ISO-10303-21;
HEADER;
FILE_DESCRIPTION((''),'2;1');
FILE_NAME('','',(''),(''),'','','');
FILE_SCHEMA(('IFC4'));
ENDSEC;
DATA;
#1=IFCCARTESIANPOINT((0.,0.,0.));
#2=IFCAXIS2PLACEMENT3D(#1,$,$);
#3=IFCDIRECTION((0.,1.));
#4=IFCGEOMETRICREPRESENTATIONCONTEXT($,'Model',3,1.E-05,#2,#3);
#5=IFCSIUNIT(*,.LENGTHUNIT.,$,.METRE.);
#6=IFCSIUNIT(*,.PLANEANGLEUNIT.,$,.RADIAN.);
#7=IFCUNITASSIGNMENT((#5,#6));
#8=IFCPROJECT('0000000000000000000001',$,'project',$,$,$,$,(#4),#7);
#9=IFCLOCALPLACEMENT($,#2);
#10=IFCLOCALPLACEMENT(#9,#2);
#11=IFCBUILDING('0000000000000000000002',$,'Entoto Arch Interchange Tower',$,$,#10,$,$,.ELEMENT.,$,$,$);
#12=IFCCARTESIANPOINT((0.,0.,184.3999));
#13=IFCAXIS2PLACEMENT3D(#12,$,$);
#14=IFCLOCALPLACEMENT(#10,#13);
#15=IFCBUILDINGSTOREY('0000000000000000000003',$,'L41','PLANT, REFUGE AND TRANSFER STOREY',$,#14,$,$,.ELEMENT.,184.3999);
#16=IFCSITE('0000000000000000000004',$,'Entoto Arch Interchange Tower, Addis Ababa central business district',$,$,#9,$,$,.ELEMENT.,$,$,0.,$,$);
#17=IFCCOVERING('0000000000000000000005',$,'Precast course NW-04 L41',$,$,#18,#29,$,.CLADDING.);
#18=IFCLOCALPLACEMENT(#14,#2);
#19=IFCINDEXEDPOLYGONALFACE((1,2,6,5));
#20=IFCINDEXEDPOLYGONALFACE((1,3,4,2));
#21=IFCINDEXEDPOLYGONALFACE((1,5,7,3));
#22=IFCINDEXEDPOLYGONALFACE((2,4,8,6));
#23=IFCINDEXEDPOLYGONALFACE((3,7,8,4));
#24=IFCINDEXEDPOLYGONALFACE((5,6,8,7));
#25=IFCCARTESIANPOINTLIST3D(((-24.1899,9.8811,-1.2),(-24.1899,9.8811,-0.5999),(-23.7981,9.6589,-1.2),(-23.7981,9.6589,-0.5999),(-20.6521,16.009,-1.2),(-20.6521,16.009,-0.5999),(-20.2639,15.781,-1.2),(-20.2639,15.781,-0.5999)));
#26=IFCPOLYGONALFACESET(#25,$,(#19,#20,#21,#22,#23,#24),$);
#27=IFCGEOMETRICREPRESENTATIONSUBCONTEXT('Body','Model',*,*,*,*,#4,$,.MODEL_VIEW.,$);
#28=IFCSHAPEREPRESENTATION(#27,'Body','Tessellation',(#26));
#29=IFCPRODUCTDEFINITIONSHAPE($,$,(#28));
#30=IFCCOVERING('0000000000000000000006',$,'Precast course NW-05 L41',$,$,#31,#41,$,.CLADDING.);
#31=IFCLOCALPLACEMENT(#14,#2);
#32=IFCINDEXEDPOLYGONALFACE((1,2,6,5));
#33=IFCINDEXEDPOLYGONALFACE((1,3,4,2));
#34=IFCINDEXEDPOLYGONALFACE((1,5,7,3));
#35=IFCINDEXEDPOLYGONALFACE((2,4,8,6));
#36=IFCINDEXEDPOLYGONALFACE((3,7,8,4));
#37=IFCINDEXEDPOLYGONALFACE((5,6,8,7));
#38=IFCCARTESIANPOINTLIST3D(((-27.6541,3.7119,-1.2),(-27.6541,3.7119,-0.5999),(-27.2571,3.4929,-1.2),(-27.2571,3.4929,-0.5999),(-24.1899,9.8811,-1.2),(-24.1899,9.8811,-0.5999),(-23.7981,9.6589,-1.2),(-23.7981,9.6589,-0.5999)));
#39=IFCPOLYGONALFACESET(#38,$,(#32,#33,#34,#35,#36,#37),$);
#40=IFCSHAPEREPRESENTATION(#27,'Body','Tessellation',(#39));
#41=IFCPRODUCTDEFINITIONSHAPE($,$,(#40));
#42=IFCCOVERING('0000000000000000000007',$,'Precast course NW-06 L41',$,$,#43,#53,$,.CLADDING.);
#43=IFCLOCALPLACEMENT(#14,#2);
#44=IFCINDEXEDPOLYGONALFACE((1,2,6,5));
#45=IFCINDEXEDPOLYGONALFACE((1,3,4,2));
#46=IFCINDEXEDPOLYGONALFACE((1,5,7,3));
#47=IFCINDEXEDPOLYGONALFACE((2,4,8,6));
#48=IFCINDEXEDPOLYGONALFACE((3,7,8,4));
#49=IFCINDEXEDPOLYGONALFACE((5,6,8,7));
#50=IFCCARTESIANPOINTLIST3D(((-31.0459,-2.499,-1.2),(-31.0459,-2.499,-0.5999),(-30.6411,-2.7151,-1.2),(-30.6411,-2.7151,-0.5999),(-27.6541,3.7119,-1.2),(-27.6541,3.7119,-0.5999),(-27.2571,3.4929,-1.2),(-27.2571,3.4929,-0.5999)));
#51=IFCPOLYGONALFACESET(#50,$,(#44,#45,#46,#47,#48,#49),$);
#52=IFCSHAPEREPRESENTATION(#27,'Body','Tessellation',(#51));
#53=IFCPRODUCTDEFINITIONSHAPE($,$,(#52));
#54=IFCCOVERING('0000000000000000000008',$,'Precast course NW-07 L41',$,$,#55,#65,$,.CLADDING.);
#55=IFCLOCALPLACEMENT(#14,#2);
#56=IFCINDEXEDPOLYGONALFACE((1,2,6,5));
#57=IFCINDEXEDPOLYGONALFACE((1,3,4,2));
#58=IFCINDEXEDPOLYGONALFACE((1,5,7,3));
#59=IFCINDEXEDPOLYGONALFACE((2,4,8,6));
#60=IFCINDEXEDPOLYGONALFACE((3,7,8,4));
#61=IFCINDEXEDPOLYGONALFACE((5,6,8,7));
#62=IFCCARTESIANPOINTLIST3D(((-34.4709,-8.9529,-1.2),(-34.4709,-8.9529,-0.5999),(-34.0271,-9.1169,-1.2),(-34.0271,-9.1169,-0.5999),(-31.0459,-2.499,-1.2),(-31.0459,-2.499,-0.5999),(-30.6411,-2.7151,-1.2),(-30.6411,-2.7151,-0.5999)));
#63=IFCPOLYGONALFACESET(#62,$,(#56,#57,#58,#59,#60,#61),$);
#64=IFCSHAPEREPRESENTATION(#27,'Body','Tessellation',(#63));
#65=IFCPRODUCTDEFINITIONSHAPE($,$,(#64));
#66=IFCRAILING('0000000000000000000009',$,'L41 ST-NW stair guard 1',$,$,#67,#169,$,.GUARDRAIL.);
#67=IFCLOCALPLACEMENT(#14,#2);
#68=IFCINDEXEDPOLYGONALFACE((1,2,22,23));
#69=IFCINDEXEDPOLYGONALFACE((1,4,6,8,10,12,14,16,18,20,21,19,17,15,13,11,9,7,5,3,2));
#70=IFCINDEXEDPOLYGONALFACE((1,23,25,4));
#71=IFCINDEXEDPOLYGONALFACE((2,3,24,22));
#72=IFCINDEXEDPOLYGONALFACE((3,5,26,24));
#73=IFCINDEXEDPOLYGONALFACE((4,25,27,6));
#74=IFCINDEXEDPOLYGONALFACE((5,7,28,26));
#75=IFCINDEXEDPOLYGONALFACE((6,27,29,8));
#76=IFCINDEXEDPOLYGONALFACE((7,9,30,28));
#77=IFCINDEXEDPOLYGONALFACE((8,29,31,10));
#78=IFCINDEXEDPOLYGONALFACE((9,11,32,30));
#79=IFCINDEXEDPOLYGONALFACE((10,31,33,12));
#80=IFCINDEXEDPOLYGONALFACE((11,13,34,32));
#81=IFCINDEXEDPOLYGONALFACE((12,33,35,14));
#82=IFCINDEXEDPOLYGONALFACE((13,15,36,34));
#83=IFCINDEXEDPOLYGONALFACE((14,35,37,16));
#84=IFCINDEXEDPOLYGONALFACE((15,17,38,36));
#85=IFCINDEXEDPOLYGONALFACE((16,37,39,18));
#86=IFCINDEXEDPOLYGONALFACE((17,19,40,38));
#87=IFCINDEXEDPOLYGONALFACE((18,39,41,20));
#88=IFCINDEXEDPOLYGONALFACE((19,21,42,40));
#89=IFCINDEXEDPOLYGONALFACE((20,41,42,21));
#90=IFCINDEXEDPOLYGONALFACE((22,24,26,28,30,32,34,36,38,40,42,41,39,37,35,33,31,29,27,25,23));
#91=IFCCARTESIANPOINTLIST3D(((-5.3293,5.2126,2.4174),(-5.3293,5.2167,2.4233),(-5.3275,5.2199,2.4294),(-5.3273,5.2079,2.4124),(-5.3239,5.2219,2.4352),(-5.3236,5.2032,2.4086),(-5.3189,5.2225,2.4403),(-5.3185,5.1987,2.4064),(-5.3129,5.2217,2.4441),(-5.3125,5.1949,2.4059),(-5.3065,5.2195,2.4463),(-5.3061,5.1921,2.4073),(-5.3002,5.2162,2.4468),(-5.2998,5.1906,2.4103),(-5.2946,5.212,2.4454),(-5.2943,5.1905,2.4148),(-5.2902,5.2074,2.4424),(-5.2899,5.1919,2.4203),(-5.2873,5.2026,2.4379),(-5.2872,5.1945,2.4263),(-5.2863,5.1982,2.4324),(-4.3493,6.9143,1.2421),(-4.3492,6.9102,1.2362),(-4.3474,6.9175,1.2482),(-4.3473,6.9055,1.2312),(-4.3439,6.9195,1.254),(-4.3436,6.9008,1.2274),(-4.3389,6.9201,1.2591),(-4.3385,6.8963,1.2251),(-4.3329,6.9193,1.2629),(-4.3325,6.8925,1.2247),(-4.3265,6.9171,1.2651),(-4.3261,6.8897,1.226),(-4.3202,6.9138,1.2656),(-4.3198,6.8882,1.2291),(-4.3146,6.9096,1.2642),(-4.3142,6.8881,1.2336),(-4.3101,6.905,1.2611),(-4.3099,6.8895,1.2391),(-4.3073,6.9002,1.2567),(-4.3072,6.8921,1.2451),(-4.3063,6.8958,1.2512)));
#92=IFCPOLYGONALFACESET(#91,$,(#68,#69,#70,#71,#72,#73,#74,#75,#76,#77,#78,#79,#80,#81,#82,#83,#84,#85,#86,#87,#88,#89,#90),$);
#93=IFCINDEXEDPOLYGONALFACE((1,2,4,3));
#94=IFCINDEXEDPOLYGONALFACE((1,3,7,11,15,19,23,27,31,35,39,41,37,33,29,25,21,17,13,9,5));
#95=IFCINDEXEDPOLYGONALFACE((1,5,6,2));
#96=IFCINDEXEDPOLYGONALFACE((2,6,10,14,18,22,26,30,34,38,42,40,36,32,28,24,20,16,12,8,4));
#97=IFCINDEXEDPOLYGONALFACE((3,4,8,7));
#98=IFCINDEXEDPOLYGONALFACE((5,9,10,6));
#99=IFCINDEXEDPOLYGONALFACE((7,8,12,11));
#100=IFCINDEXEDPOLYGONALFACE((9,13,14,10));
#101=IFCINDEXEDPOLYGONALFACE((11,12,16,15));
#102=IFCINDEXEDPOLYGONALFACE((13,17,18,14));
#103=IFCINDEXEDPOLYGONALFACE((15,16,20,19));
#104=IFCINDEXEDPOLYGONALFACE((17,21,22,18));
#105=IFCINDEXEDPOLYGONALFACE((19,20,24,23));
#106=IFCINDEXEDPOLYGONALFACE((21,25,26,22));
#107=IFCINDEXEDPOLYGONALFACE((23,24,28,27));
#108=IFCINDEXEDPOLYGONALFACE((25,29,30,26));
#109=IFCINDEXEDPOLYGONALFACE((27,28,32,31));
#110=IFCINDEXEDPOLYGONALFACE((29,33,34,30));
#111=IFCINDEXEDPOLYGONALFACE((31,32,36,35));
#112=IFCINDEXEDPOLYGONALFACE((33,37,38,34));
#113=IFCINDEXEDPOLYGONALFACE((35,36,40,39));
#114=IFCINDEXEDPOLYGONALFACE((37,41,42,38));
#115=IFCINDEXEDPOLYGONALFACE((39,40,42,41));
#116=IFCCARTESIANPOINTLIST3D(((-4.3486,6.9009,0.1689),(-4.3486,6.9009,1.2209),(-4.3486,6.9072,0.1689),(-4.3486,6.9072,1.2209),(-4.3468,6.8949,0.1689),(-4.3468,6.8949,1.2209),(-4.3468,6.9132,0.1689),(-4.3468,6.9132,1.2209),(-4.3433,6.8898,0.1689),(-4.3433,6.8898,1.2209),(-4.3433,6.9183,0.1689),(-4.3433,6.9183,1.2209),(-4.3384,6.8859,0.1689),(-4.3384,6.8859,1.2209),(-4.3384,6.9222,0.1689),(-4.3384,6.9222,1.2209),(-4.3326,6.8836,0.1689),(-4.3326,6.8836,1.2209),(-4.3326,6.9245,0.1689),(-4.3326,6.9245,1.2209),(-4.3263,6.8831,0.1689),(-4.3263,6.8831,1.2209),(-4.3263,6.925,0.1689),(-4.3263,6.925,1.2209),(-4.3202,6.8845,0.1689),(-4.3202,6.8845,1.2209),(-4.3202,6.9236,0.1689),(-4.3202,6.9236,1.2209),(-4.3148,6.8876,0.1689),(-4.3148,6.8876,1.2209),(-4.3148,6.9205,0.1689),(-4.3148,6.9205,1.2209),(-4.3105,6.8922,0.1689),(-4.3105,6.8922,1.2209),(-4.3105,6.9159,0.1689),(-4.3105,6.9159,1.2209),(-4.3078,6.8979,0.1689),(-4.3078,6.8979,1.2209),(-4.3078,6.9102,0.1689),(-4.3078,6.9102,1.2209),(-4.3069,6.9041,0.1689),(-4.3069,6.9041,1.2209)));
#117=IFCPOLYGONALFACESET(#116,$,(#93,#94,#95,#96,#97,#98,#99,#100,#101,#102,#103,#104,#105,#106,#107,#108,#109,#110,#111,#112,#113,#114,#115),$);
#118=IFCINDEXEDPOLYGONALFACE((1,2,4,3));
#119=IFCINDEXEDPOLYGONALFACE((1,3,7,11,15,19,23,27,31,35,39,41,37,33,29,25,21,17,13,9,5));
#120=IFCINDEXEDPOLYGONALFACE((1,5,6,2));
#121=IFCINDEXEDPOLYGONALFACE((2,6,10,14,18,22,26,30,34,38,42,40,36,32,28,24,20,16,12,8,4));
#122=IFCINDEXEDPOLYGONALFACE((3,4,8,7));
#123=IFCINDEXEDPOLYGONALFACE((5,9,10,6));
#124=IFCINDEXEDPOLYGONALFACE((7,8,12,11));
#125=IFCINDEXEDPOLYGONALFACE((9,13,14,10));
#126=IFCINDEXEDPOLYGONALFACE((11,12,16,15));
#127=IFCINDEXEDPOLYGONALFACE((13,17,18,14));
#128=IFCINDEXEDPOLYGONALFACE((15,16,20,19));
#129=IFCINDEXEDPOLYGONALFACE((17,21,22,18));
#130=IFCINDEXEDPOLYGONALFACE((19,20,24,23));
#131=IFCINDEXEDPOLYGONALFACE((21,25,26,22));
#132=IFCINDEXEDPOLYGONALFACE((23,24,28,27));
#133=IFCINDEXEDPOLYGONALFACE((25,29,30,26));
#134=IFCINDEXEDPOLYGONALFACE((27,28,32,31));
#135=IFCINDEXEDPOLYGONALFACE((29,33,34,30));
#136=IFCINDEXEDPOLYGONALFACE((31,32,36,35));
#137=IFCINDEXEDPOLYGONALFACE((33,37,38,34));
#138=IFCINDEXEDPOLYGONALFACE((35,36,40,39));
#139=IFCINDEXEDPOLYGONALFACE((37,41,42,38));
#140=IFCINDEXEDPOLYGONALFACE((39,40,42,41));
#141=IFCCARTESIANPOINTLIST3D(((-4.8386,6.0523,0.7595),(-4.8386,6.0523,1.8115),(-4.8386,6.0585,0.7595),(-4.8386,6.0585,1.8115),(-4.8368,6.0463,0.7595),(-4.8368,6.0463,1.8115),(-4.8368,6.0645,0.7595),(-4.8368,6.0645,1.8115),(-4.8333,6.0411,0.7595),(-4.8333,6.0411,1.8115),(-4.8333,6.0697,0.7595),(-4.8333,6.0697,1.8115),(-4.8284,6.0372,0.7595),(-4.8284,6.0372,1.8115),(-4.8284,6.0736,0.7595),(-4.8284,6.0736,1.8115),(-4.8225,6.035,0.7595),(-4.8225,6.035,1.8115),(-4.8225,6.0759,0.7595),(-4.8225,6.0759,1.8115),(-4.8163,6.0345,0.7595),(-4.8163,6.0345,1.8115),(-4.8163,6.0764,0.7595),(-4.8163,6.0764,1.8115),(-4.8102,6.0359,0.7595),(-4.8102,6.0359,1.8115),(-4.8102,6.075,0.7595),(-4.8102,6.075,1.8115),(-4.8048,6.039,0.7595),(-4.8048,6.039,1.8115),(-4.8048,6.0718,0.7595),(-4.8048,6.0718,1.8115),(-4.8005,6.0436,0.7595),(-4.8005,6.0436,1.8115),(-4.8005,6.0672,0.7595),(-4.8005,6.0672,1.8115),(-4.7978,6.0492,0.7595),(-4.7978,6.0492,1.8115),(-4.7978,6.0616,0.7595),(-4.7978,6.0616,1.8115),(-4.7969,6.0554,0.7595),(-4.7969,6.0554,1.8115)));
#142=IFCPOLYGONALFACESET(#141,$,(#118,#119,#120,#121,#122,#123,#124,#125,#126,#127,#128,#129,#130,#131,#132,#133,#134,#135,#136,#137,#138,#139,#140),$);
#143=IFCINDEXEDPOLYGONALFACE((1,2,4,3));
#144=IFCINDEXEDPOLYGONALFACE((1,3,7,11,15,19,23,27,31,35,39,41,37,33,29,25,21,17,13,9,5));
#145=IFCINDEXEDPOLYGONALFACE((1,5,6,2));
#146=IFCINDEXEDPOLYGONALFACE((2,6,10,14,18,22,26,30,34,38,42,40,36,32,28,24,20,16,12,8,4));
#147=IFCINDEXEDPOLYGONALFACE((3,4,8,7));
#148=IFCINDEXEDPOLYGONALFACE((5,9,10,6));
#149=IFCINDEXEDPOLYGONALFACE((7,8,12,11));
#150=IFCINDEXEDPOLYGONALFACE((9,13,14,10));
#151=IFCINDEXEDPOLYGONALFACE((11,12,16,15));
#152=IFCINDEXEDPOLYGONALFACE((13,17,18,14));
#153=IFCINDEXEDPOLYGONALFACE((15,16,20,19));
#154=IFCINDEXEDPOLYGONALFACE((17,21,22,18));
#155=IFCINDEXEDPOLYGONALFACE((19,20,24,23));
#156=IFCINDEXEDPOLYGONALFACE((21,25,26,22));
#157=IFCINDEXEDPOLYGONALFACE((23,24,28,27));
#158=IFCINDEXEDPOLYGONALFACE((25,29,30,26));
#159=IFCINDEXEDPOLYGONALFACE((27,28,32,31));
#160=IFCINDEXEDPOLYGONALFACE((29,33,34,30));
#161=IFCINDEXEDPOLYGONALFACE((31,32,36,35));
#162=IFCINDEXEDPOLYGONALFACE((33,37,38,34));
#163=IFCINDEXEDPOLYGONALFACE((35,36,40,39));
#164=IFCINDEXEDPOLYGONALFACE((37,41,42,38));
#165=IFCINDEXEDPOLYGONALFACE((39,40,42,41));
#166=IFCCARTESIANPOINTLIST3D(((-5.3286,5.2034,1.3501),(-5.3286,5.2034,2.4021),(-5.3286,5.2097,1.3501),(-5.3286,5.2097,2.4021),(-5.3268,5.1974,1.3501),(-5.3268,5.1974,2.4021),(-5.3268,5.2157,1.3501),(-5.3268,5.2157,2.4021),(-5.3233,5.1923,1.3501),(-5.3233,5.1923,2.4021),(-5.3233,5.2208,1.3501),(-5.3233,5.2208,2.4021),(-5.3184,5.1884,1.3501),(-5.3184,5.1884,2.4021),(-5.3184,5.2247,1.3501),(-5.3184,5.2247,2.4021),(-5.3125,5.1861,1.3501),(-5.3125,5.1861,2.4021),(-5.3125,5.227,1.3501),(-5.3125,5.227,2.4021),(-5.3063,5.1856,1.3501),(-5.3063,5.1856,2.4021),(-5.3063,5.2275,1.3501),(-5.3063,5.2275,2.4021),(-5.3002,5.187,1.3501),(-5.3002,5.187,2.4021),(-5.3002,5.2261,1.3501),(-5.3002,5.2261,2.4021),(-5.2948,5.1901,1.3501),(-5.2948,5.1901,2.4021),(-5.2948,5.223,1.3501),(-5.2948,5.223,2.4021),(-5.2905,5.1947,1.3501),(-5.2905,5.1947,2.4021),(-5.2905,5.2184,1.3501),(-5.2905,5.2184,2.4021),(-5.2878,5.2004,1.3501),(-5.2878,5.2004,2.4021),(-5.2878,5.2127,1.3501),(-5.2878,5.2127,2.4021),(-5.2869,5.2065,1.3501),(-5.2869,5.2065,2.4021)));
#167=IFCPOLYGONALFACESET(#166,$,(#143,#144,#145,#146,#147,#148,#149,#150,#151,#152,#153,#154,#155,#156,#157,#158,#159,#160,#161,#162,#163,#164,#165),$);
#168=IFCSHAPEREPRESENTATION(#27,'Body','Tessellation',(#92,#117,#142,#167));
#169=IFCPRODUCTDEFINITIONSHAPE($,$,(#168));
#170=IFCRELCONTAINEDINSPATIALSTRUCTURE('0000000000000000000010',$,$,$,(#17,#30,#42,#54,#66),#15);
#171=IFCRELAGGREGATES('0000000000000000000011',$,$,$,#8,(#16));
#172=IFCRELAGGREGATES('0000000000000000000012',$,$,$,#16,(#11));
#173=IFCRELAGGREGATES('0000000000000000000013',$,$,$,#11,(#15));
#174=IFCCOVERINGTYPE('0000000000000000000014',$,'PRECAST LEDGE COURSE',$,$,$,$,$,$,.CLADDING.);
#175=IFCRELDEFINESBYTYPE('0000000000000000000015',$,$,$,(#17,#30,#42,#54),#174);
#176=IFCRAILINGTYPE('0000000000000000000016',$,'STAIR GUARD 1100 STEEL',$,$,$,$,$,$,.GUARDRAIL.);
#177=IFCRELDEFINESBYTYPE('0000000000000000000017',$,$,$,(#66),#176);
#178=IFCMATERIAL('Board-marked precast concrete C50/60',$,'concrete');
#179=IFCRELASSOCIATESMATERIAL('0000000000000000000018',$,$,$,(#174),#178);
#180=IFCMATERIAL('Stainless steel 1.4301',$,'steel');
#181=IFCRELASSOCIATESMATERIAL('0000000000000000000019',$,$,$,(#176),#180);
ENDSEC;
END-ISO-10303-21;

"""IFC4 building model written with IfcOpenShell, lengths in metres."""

from ifc_helpers import new_model, si_unit, direction, frame, origin, origin_2d, place, context, subcontext, project, spatial, polyline, circle, outline, extrude, material, type_object, element, save


model = new_model("IFC4")

# Units and contexts
model_context = context("Model", 3, precision=1e-05, world=origin(), true_north=direction((0.0, 1.0)))
body_context = subcontext(model_context, "Body", "Model", "MODEL_VIEW")
ifc_project = project(units=[si_unit("LENGTHUNIT", "METRE"), si_unit("PLANEANGLEUNIT", "RADIAN")], contexts=[model_context])

# Site, building, storey
site_placement = place(None, origin())
site = spatial("IfcSite", under=ifc_project, at=site_placement, Name="Entoto Arch Interchange Tower, Addis Ababa central business district", CompositionType="ELEMENT", RefElevation=0.0)
building_placement = place(site_placement, origin())
building = spatial("IfcBuilding", under=site, at=building_placement, Name="Entoto Arch Interchange Tower", CompositionType="ELEMENT")
storey_placement = place(building_placement, frame((0.0, 0.0, 184.3999)))
storey = spatial("IfcBuildingStorey", under=building, at=storey_placement, Name="L41", Description="PLANT, REFUGE AND TRANSFER STOREY", CompositionType="ELEMENT", Elevation=184.3999)

# Coverings
ifc_material_1 = material(Name="Board-marked precast concrete C50/60", Category="concrete")
covering_type = type_object("IfcCoveringType", Name="PRECAST LEDGE COURSE", PredefinedType="CLADDING", material=ifc_material_1)
covering_1_placement = place(storey_placement, frame((0.0, 0.0, -1.2)))
element("IfcCovering", 1, at=covering_1_placement, inside=storey, type_object=covering_type, Name="Precast course NW-04 L41", PredefinedType="CLADDING", context=body_context, shape_type="SweptSolid", body=[
    extrude(outline(polyline([(-23.7981, 9.6589), (-24.1899, 9.8811), (-20.6521, 16.009), (-20.2639, 15.781), (-23.7981, 9.6589)])), origin(), (0.0, 0.0, 1.0), 0.6001),
])
covering_2_placement = place(storey_placement, frame((0.0, 0.0, -1.2)))
element("IfcCovering", 2, at=covering_2_placement, inside=storey, type_object=covering_type, Name="Precast course NW-05 L41", PredefinedType="CLADDING", context=body_context, shape_type="SweptSolid", body=[
    extrude(outline(polyline([(-27.2571, 3.4929), (-27.6541, 3.7119), (-24.1899, 9.8811), (-23.7981, 9.6589), (-27.2571, 3.4929)])), origin(), (0.0, 0.0, 1.0), 0.6001),
])
covering_3_placement = place(storey_placement, frame((0.0, 0.0, -1.2)))
element("IfcCovering", 3, at=covering_3_placement, inside=storey, type_object=covering_type, Name="Precast course NW-06 L41", PredefinedType="CLADDING", context=body_context, shape_type="SweptSolid", body=[
    extrude(outline(polyline([(-30.6411, -2.7151), (-31.0459, -2.499), (-27.6541, 3.7119), (-27.2571, 3.4929), (-30.6411, -2.7151)])), origin(), (0.0, 0.0, 1.0), 0.6001),
])
covering_4_placement = place(storey_placement, frame((0.0, 0.0, -1.2)))
element("IfcCovering", 4, at=covering_4_placement, inside=storey, type_object=covering_type, Name="Precast course NW-07 L41", PredefinedType="CLADDING", context=body_context, shape_type="SweptSolid", body=[
    extrude(outline(polyline([(-34.0271, -9.1169), (-34.4709, -8.9529), (-31.0459, -2.499), (-30.6411, -2.7151), (-34.0271, -9.1169)])), origin(), (0.0, 0.0, 1.0), 0.6001),
])

# Railing
ifc_material_2 = material(Name="Stainless steel 1.4301", Category="steel")
railing_type_1 = type_object("IfcRailingType", Name="STAIR GUARD 1100 STEEL", PredefinedType="GUARDRAIL", material=ifc_material_2)
railing_1_placement = place(storey_placement, frame((-4.3279, 6.9041, 0.1689)))
element("IfcRailing", 5, at=railing_1_placement, inside=storey, type_object=railing_type_1, Name="L41 ST-NW stair guard 1", PredefinedType="GUARDRAIL", context=body_context, shape_type="SweptSolid", body=[
    extrude(circle(Radius=0.0239, at=origin_2d()), frame((0.0, 0.0, 1.0762), z_axis=(-0.428228, -0.741771, 0.516135), x_axis=(0.866042, -0.49997, 0.0)), (0.0, 0.0, 1.0), 2.2886),
    extrude(circle(Radius=0.021, at=origin_2d()), origin(), (0.0, 0.0, 1.0), 1.052),
    extrude(circle(Radius=0.021, at=origin_2d()), frame((-0.49, -0.8486, 0.5906)), (0.0, 0.0, 1.0), 1.052),
    extrude(circle(Radius=0.021, at=origin_2d()), frame((-0.98, -1.6975, 1.1812)), (0.0, 0.0, 1.0), 1.052),
])

save(model, "model.ifc")
